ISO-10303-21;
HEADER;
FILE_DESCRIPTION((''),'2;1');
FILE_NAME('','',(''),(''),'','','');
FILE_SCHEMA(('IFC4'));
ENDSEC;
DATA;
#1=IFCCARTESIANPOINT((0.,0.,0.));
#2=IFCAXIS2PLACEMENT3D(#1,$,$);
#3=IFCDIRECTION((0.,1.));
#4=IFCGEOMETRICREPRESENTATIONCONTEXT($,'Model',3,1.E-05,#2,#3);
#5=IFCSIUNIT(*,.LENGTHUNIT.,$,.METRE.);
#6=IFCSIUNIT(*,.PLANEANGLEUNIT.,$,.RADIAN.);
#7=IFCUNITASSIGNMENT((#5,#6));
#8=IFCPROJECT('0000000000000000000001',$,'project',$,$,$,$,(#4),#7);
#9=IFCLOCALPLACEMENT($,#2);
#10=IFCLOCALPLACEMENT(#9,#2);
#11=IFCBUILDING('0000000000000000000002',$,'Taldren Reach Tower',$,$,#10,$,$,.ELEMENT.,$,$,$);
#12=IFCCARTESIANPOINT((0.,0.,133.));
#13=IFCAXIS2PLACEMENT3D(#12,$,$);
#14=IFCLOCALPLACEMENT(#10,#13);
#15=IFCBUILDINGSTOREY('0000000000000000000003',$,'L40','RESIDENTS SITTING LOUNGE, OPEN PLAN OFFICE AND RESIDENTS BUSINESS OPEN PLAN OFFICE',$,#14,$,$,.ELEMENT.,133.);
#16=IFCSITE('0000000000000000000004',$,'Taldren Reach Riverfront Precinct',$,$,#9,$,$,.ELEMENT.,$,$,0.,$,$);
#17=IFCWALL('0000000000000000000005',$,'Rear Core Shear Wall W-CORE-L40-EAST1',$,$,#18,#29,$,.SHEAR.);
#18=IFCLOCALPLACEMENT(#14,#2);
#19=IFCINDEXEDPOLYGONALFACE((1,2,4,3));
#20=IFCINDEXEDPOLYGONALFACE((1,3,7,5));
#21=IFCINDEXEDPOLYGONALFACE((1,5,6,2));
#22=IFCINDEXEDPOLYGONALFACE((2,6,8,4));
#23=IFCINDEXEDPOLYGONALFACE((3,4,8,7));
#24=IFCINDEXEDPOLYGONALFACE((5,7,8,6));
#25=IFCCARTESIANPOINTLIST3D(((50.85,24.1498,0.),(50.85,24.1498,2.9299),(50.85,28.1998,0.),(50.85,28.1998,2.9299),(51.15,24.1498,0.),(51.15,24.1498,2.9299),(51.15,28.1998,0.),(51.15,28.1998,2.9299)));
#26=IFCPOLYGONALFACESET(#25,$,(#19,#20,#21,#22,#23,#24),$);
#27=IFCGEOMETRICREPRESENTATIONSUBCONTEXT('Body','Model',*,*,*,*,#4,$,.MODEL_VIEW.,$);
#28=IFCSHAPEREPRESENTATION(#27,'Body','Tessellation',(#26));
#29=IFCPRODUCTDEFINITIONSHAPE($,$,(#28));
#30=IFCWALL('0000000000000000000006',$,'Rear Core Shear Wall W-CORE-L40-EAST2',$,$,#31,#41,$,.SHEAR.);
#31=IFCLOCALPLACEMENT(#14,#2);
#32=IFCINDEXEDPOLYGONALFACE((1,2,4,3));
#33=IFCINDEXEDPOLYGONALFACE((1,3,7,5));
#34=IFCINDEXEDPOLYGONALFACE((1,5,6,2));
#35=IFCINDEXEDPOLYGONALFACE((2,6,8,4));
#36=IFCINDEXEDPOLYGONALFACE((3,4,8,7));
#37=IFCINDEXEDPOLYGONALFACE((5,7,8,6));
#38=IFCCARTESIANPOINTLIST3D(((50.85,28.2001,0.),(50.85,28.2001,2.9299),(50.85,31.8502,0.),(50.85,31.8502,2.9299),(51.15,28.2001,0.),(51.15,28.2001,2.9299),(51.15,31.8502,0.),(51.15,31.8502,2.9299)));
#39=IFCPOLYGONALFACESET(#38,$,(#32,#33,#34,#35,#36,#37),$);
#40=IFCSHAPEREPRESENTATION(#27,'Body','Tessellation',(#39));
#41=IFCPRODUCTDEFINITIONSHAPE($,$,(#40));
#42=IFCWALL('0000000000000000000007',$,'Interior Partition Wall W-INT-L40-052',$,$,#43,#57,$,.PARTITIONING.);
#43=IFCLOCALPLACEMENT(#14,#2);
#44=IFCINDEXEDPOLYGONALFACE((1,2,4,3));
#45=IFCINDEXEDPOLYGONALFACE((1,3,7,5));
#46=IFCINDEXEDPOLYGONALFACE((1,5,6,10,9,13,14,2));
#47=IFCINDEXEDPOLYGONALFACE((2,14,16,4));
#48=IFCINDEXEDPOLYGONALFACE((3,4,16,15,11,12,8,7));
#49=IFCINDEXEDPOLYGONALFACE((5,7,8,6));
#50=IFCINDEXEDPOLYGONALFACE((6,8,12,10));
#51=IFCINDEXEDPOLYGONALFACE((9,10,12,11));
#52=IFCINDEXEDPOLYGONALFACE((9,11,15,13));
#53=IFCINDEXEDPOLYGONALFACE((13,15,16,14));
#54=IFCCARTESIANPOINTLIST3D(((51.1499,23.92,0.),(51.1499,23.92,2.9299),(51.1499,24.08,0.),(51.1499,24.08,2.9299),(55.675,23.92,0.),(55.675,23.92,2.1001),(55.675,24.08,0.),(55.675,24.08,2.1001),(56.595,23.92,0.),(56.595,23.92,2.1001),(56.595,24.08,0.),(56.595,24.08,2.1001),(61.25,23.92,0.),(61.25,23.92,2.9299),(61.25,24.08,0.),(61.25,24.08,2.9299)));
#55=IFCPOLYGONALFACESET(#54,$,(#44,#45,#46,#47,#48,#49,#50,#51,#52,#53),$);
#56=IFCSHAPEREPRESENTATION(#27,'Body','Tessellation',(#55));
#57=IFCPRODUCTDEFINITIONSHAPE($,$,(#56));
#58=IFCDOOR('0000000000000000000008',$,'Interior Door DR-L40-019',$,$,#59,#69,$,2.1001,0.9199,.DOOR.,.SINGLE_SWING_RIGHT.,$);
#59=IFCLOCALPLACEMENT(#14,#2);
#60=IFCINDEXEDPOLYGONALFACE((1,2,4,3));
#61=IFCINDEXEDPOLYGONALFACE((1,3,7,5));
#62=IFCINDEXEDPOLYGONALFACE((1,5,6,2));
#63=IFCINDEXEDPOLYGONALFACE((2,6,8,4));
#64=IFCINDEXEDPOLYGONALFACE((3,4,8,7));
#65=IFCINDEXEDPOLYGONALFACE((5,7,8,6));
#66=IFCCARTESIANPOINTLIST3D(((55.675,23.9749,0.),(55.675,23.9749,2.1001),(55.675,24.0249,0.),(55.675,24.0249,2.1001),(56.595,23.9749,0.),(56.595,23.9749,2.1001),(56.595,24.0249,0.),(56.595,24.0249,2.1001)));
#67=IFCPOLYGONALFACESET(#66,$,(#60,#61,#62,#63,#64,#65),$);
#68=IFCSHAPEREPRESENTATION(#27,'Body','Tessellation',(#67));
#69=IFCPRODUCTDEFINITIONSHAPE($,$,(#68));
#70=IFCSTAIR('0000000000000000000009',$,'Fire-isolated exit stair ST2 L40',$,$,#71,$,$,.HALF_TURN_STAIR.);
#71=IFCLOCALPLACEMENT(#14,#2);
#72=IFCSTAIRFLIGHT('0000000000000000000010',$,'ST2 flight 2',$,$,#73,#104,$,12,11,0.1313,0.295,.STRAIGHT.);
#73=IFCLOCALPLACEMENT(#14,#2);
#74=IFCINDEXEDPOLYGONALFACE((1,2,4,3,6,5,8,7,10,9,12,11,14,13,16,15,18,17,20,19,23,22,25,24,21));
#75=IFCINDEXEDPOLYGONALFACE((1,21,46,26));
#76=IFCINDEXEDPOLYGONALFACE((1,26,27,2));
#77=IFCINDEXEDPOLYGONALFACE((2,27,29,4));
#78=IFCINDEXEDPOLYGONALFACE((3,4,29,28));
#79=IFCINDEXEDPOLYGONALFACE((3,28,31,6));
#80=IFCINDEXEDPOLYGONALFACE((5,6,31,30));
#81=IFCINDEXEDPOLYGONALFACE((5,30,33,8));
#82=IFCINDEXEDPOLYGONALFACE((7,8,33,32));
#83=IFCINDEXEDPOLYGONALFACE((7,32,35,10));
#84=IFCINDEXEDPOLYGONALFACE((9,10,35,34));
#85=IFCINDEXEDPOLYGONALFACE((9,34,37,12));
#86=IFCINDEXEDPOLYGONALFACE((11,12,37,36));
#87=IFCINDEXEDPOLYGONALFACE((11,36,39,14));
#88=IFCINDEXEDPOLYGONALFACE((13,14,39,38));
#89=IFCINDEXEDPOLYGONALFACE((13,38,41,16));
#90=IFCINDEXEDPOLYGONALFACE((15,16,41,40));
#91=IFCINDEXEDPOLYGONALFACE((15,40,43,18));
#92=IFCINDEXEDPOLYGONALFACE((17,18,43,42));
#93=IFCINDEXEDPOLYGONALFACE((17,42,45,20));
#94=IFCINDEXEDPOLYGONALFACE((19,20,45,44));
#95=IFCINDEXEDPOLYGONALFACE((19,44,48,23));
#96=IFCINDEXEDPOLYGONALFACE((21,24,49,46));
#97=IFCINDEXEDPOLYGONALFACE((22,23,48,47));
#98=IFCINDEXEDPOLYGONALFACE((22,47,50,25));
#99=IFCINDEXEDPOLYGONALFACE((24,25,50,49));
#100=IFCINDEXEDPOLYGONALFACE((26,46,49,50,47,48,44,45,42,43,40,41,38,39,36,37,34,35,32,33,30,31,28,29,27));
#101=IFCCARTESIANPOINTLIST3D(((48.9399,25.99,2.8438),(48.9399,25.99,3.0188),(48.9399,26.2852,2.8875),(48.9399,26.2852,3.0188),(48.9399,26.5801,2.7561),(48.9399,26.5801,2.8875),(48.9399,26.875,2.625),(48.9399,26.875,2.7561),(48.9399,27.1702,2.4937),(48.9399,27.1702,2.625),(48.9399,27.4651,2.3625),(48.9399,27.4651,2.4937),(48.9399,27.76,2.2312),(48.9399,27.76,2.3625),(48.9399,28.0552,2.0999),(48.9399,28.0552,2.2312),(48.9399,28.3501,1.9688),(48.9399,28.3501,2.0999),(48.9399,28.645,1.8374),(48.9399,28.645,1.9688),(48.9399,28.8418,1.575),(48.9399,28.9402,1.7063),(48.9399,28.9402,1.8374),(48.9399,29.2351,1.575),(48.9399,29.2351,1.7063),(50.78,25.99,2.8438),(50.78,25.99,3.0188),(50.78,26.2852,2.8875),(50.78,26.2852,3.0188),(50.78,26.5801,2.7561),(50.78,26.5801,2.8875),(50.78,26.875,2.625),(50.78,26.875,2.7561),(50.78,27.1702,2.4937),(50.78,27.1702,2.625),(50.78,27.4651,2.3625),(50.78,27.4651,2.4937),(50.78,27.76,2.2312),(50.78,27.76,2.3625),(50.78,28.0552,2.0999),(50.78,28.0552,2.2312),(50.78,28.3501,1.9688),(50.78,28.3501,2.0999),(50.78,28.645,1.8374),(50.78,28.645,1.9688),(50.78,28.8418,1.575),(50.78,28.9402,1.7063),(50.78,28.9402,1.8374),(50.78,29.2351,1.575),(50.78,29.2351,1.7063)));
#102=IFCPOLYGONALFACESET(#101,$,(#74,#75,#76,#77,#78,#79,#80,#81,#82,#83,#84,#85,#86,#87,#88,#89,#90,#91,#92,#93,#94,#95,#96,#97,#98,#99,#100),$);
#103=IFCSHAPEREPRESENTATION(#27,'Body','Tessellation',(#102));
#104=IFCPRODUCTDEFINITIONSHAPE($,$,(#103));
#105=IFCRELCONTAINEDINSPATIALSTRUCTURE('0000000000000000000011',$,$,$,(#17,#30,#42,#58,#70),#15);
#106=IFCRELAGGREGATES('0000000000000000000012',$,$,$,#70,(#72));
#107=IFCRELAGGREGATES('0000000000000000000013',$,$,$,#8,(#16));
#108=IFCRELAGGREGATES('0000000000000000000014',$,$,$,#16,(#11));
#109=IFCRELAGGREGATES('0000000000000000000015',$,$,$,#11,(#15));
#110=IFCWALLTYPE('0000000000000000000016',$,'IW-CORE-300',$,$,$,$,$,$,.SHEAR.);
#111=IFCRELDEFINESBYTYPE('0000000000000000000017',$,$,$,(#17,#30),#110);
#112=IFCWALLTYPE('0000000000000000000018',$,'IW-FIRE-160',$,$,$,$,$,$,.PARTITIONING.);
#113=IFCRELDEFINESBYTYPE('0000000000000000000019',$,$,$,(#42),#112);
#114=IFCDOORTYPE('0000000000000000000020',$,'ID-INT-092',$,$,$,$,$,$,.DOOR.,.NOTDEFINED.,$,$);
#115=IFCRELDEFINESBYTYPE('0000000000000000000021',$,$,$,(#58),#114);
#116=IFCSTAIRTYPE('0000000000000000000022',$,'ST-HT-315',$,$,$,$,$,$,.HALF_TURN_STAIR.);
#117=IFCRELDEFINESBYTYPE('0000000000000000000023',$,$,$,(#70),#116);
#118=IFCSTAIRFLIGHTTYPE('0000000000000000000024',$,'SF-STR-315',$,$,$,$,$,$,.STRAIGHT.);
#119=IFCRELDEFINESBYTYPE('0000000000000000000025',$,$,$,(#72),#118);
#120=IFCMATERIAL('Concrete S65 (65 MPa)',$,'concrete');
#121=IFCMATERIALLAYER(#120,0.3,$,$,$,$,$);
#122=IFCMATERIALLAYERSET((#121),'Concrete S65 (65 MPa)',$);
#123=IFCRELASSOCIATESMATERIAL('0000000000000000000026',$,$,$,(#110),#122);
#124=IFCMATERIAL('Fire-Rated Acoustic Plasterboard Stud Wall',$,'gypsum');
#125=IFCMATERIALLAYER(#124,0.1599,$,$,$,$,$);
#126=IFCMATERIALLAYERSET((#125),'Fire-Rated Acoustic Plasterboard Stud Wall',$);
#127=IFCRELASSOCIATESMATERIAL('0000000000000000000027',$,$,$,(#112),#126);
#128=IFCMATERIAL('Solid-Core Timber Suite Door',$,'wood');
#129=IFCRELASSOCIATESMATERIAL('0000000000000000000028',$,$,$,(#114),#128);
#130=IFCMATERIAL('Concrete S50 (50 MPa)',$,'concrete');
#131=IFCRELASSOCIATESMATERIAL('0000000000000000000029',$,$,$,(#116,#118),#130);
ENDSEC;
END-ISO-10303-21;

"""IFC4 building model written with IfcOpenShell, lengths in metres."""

from ifc_helpers import new_model, si_unit, direction, frame, frame_2d, origin, place, context, subcontext, project, spatial, polyline, rectangle, outline, extrude, source, transform, mapped, material, layer, layer_set, type_object, element, fill, aggregate, save


model = new_model("IFC4")

# Units and contexts
model_context = context("Model", 3, precision=1e-05, world=origin(), true_north=direction((0.0, 1.0)))
body_context = subcontext(model_context, "Body", "Model", "MODEL_VIEW")
ifc_project = project(units=[si_unit("LENGTHUNIT", "METRE"), si_unit("PLANEANGLEUNIT", "RADIAN")], contexts=[model_context])

# Site, building, storey
site_placement = place(None, origin())
site = spatial("IfcSite", under=ifc_project, at=site_placement, Name="Taldren Reach Riverfront Precinct", CompositionType="ELEMENT", RefElevation=0.0)
building_placement = place(site_placement, origin())
building = spatial("IfcBuilding", under=site, at=building_placement, Name="Taldren Reach Tower", CompositionType="ELEMENT")
storey_placement = place(building_placement, frame((0.0, 0.0, 133.0)))
storey = spatial("IfcBuildingStorey", under=building, at=storey_placement, Name="L40", Description="RESIDENTS SITTING LOUNGE, OPEN PLAN OFFICE AND RESIDENTS BUSINESS OPEN PLAN OFFICE", CompositionType="ELEMENT", Elevation=133.0)

# Walls
ifc_material_1 = material(Name="Concrete S65 (65 MPa)", Category="concrete")
ifc_layer_1 = layer(ifc_material_1, 0.3)
ifc_layer_set_1 = layer_set([ifc_layer_1], Name="Concrete S65 (65 MPa)")
wall_type_1 = type_object("IfcWallType", Name="IW-CORE-300", PredefinedType="SHEAR", material=ifc_layer_set_1)
shared_shape_1 = source(origin(), body_context, "Body", "SweptSolid", [
    extrude(rectangle(XDim=4.05, YDim=0.3, at=frame_2d((2.0249, 0.0))), origin(), (0.0, 0.0, 1.0), 2.9299),
])
wall_1_placement = place(storey_placement, frame((51.0, 24.1499, 0.0), z_axis=(0.0, 0.0, 1.0), x_axis=(0.0, 1.0, 0.0)))
element("IfcWall", 1, at=wall_1_placement, inside=storey, type_object=wall_type_1, Name="Rear Core Shear Wall W-CORE-L40-EAST1", PredefinedType="SHEAR", context=body_context, shape_type="MappedRepresentation", body=[
    mapped(shared_shape_1, transform((0.0, 0.0, 0.0), scale=1.0)),
])
shared_shape_2 = source(origin(), body_context, "Body", "SweptSolid", [
    extrude(rectangle(XDim=3.6501, YDim=0.3, at=frame_2d((1.8252, 0.0))), origin(), (0.0, 0.0, 1.0), 2.9299),
])
wall_2_placement = place(storey_placement, frame((51.0, 28.2, 0.0), z_axis=(0.0, 0.0, 1.0), x_axis=(0.0, 1.0, 0.0)))
element("IfcWall", 2, at=wall_2_placement, inside=storey, type_object=wall_type_1, Name="Rear Core Shear Wall W-CORE-L40-EAST2", PredefinedType="SHEAR", context=body_context, shape_type="MappedRepresentation", body=[
    mapped(shared_shape_2, transform((0.0, 0.0, 0.0), scale=1.0)),
])

# Wall, opening, door
ifc_material_2 = material(Name="Fire-Rated Acoustic Plasterboard Stud Wall", Category="gypsum")
ifc_layer_2 = layer(ifc_material_2, 0.1599)
ifc_layer_set_2 = layer_set([ifc_layer_2], Name="Fire-Rated Acoustic Plasterboard Stud Wall")
wall_type_2 = type_object("IfcWallType", Name="IW-FIRE-160", PredefinedType="PARTITIONING", material=ifc_layer_set_2)
shared_shape_3 = source(origin(), body_context, "Body", "SweptSolid", [
    extrude(rectangle(XDim=10.1001, YDim=0.1599, at=frame_2d((5.05, 0.0))), origin(), (0.0, 0.0, 1.0), 2.9299),
])
wall_3_placement = place(storey_placement, frame((51.1499, 24.0, 0.0), z_axis=(0.0, 0.0, 1.0), x_axis=(1.0, 0.0, 0.0)))
wall_3 = element("IfcWall", 3, at=wall_3_placement, inside=storey, type_object=wall_type_2, Name="Interior Partition Wall W-INT-L40-052", PredefinedType="PARTITIONING", context=body_context, shape_type="MappedRepresentation", body=[
    mapped(shared_shape_3, transform((0.0, 0.0, 0.0), scale=1.0)),
])
shared_shape_4 = source(origin(), body_context, "Body", "SweptSolid", [
    extrude(rectangle(XDim=0.9199, YDim=2.1001, at=frame_2d((0.46, 1.05))), frame((0.0, 0.0898, 0.0), z_axis=(0.0, -1.0, 0.0), x_axis=(1.0, 0.0, 0.0)), (0.0, 0.0, 1.0), 0.1799),
])
opening_placement = place(wall_3_placement, frame((4.5251, 0.0, 0.0)))
opening = element("IfcOpeningElement", 4, at=opening_placement, cuts=wall_3, PredefinedType="OPENING", context=body_context, shape_type="MappedRepresentation", body=[
    mapped(shared_shape_4, transform((0.0, 0.0, 0.0), scale=1.0)),
])
ifc_material_3 = material(Name="Solid-Core Timber Suite Door", Category="wood")
door_type = type_object("IfcDoorType", Name="ID-INT-092", OperationType="NOTDEFINED", PredefinedType="DOOR", material=ifc_material_3)
shared_shape_5 = source(origin(), body_context, "Body", "SweptSolid", [
    extrude(rectangle(XDim=0.9199, YDim=2.1001, at=frame_2d((0.46, 1.05))), frame((0.0, 0.0249, 0.0), z_axis=(0.0, -1.0, 0.0), x_axis=(1.0, 0.0, 0.0)), (0.0, 0.0, 1.0), 0.05),
])
door_placement = place(opening_placement, origin())
door = element("IfcDoor", 5, at=door_placement, inside=storey, type_object=door_type, Name="Interior Door DR-L40-019", OperationType="SINGLE_SWING_RIGHT", OverallHeight=2.1001, OverallWidth=0.9199, PredefinedType="DOOR", context=body_context, shape_type="MappedRepresentation", body=[
    mapped(shared_shape_5, transform((0.0, 0.0, 0.0), scale=1.0)),
])
fill(opening, door)

# Stair, stair flight
ifc_material_4 = material(Name="Concrete S50 (50 MPa)", Category="concrete")
stair_type = type_object("IfcStairType", Name="ST-HT-315", PredefinedType="HALF_TURN_STAIR", material=ifc_material_4)
stair_placement = place(storey_placement, origin())
stair = element("IfcStair", 6, at=stair_placement, inside=storey, type_object=stair_type, Name="Fire-isolated exit stair ST2 L40", PredefinedType="HALF_TURN_STAIR")
stair_flight_type = type_object("IfcStairFlightType", Name="SF-STR-315", PredefinedType="STRAIGHT", material=ifc_material_4)
stair_flight_placement = place(storey_placement, frame((49.8601, 29.2351, 1.575), z_axis=(0.0, 0.0, 1.0), x_axis=(0.0, -1.0, 0.0)))
stair_flight = element("IfcStairFlight", 7, at=stair_flight_placement, type_object=stair_flight_type, Name="ST2 flight 2", NumberOfRisers=12, NumberOfTreads=11, PredefinedType="STRAIGHT", RiserHeight=0.1313, TreadLength=0.295, context=body_context, shape_type="SweptSolid", body=[
    extrude(outline(polyline([(0.0, 0.0), (0.0, 0.1313), (0.2949, 0.1313), (0.2949, 0.2625), (0.5901, 0.2625), (0.5901, 0.3938), (0.885, 0.3938), (0.885, 0.5249), (1.1799, 0.5249), (1.1799, 0.6562), (1.4751, 0.6562), (1.4751, 0.7876), (1.77, 0.7876), (1.77, 0.9187), (2.0649, 0.9187), (2.0649, 1.05), (2.3601, 1.05), (2.3601, 1.1812), (2.655, 1.1812), (2.655, 1.3125), (2.95, 1.3125), (2.95, 1.4438), (3.2451, 1.4438), (3.2451, 1.575), (3.2451, 1.2688), (0.3933, 0.0), (0.0, 0.0)])), frame((0.0, 0.9199, 0.0), z_axis=(0.0, -1.0, 0.0), x_axis=(1.0, 0.0, 0.0)), (0.0, 0.0, 1.0), 1.8401),
])
aggregate(stair, [stair_flight])

save(model, "model.ifc")
